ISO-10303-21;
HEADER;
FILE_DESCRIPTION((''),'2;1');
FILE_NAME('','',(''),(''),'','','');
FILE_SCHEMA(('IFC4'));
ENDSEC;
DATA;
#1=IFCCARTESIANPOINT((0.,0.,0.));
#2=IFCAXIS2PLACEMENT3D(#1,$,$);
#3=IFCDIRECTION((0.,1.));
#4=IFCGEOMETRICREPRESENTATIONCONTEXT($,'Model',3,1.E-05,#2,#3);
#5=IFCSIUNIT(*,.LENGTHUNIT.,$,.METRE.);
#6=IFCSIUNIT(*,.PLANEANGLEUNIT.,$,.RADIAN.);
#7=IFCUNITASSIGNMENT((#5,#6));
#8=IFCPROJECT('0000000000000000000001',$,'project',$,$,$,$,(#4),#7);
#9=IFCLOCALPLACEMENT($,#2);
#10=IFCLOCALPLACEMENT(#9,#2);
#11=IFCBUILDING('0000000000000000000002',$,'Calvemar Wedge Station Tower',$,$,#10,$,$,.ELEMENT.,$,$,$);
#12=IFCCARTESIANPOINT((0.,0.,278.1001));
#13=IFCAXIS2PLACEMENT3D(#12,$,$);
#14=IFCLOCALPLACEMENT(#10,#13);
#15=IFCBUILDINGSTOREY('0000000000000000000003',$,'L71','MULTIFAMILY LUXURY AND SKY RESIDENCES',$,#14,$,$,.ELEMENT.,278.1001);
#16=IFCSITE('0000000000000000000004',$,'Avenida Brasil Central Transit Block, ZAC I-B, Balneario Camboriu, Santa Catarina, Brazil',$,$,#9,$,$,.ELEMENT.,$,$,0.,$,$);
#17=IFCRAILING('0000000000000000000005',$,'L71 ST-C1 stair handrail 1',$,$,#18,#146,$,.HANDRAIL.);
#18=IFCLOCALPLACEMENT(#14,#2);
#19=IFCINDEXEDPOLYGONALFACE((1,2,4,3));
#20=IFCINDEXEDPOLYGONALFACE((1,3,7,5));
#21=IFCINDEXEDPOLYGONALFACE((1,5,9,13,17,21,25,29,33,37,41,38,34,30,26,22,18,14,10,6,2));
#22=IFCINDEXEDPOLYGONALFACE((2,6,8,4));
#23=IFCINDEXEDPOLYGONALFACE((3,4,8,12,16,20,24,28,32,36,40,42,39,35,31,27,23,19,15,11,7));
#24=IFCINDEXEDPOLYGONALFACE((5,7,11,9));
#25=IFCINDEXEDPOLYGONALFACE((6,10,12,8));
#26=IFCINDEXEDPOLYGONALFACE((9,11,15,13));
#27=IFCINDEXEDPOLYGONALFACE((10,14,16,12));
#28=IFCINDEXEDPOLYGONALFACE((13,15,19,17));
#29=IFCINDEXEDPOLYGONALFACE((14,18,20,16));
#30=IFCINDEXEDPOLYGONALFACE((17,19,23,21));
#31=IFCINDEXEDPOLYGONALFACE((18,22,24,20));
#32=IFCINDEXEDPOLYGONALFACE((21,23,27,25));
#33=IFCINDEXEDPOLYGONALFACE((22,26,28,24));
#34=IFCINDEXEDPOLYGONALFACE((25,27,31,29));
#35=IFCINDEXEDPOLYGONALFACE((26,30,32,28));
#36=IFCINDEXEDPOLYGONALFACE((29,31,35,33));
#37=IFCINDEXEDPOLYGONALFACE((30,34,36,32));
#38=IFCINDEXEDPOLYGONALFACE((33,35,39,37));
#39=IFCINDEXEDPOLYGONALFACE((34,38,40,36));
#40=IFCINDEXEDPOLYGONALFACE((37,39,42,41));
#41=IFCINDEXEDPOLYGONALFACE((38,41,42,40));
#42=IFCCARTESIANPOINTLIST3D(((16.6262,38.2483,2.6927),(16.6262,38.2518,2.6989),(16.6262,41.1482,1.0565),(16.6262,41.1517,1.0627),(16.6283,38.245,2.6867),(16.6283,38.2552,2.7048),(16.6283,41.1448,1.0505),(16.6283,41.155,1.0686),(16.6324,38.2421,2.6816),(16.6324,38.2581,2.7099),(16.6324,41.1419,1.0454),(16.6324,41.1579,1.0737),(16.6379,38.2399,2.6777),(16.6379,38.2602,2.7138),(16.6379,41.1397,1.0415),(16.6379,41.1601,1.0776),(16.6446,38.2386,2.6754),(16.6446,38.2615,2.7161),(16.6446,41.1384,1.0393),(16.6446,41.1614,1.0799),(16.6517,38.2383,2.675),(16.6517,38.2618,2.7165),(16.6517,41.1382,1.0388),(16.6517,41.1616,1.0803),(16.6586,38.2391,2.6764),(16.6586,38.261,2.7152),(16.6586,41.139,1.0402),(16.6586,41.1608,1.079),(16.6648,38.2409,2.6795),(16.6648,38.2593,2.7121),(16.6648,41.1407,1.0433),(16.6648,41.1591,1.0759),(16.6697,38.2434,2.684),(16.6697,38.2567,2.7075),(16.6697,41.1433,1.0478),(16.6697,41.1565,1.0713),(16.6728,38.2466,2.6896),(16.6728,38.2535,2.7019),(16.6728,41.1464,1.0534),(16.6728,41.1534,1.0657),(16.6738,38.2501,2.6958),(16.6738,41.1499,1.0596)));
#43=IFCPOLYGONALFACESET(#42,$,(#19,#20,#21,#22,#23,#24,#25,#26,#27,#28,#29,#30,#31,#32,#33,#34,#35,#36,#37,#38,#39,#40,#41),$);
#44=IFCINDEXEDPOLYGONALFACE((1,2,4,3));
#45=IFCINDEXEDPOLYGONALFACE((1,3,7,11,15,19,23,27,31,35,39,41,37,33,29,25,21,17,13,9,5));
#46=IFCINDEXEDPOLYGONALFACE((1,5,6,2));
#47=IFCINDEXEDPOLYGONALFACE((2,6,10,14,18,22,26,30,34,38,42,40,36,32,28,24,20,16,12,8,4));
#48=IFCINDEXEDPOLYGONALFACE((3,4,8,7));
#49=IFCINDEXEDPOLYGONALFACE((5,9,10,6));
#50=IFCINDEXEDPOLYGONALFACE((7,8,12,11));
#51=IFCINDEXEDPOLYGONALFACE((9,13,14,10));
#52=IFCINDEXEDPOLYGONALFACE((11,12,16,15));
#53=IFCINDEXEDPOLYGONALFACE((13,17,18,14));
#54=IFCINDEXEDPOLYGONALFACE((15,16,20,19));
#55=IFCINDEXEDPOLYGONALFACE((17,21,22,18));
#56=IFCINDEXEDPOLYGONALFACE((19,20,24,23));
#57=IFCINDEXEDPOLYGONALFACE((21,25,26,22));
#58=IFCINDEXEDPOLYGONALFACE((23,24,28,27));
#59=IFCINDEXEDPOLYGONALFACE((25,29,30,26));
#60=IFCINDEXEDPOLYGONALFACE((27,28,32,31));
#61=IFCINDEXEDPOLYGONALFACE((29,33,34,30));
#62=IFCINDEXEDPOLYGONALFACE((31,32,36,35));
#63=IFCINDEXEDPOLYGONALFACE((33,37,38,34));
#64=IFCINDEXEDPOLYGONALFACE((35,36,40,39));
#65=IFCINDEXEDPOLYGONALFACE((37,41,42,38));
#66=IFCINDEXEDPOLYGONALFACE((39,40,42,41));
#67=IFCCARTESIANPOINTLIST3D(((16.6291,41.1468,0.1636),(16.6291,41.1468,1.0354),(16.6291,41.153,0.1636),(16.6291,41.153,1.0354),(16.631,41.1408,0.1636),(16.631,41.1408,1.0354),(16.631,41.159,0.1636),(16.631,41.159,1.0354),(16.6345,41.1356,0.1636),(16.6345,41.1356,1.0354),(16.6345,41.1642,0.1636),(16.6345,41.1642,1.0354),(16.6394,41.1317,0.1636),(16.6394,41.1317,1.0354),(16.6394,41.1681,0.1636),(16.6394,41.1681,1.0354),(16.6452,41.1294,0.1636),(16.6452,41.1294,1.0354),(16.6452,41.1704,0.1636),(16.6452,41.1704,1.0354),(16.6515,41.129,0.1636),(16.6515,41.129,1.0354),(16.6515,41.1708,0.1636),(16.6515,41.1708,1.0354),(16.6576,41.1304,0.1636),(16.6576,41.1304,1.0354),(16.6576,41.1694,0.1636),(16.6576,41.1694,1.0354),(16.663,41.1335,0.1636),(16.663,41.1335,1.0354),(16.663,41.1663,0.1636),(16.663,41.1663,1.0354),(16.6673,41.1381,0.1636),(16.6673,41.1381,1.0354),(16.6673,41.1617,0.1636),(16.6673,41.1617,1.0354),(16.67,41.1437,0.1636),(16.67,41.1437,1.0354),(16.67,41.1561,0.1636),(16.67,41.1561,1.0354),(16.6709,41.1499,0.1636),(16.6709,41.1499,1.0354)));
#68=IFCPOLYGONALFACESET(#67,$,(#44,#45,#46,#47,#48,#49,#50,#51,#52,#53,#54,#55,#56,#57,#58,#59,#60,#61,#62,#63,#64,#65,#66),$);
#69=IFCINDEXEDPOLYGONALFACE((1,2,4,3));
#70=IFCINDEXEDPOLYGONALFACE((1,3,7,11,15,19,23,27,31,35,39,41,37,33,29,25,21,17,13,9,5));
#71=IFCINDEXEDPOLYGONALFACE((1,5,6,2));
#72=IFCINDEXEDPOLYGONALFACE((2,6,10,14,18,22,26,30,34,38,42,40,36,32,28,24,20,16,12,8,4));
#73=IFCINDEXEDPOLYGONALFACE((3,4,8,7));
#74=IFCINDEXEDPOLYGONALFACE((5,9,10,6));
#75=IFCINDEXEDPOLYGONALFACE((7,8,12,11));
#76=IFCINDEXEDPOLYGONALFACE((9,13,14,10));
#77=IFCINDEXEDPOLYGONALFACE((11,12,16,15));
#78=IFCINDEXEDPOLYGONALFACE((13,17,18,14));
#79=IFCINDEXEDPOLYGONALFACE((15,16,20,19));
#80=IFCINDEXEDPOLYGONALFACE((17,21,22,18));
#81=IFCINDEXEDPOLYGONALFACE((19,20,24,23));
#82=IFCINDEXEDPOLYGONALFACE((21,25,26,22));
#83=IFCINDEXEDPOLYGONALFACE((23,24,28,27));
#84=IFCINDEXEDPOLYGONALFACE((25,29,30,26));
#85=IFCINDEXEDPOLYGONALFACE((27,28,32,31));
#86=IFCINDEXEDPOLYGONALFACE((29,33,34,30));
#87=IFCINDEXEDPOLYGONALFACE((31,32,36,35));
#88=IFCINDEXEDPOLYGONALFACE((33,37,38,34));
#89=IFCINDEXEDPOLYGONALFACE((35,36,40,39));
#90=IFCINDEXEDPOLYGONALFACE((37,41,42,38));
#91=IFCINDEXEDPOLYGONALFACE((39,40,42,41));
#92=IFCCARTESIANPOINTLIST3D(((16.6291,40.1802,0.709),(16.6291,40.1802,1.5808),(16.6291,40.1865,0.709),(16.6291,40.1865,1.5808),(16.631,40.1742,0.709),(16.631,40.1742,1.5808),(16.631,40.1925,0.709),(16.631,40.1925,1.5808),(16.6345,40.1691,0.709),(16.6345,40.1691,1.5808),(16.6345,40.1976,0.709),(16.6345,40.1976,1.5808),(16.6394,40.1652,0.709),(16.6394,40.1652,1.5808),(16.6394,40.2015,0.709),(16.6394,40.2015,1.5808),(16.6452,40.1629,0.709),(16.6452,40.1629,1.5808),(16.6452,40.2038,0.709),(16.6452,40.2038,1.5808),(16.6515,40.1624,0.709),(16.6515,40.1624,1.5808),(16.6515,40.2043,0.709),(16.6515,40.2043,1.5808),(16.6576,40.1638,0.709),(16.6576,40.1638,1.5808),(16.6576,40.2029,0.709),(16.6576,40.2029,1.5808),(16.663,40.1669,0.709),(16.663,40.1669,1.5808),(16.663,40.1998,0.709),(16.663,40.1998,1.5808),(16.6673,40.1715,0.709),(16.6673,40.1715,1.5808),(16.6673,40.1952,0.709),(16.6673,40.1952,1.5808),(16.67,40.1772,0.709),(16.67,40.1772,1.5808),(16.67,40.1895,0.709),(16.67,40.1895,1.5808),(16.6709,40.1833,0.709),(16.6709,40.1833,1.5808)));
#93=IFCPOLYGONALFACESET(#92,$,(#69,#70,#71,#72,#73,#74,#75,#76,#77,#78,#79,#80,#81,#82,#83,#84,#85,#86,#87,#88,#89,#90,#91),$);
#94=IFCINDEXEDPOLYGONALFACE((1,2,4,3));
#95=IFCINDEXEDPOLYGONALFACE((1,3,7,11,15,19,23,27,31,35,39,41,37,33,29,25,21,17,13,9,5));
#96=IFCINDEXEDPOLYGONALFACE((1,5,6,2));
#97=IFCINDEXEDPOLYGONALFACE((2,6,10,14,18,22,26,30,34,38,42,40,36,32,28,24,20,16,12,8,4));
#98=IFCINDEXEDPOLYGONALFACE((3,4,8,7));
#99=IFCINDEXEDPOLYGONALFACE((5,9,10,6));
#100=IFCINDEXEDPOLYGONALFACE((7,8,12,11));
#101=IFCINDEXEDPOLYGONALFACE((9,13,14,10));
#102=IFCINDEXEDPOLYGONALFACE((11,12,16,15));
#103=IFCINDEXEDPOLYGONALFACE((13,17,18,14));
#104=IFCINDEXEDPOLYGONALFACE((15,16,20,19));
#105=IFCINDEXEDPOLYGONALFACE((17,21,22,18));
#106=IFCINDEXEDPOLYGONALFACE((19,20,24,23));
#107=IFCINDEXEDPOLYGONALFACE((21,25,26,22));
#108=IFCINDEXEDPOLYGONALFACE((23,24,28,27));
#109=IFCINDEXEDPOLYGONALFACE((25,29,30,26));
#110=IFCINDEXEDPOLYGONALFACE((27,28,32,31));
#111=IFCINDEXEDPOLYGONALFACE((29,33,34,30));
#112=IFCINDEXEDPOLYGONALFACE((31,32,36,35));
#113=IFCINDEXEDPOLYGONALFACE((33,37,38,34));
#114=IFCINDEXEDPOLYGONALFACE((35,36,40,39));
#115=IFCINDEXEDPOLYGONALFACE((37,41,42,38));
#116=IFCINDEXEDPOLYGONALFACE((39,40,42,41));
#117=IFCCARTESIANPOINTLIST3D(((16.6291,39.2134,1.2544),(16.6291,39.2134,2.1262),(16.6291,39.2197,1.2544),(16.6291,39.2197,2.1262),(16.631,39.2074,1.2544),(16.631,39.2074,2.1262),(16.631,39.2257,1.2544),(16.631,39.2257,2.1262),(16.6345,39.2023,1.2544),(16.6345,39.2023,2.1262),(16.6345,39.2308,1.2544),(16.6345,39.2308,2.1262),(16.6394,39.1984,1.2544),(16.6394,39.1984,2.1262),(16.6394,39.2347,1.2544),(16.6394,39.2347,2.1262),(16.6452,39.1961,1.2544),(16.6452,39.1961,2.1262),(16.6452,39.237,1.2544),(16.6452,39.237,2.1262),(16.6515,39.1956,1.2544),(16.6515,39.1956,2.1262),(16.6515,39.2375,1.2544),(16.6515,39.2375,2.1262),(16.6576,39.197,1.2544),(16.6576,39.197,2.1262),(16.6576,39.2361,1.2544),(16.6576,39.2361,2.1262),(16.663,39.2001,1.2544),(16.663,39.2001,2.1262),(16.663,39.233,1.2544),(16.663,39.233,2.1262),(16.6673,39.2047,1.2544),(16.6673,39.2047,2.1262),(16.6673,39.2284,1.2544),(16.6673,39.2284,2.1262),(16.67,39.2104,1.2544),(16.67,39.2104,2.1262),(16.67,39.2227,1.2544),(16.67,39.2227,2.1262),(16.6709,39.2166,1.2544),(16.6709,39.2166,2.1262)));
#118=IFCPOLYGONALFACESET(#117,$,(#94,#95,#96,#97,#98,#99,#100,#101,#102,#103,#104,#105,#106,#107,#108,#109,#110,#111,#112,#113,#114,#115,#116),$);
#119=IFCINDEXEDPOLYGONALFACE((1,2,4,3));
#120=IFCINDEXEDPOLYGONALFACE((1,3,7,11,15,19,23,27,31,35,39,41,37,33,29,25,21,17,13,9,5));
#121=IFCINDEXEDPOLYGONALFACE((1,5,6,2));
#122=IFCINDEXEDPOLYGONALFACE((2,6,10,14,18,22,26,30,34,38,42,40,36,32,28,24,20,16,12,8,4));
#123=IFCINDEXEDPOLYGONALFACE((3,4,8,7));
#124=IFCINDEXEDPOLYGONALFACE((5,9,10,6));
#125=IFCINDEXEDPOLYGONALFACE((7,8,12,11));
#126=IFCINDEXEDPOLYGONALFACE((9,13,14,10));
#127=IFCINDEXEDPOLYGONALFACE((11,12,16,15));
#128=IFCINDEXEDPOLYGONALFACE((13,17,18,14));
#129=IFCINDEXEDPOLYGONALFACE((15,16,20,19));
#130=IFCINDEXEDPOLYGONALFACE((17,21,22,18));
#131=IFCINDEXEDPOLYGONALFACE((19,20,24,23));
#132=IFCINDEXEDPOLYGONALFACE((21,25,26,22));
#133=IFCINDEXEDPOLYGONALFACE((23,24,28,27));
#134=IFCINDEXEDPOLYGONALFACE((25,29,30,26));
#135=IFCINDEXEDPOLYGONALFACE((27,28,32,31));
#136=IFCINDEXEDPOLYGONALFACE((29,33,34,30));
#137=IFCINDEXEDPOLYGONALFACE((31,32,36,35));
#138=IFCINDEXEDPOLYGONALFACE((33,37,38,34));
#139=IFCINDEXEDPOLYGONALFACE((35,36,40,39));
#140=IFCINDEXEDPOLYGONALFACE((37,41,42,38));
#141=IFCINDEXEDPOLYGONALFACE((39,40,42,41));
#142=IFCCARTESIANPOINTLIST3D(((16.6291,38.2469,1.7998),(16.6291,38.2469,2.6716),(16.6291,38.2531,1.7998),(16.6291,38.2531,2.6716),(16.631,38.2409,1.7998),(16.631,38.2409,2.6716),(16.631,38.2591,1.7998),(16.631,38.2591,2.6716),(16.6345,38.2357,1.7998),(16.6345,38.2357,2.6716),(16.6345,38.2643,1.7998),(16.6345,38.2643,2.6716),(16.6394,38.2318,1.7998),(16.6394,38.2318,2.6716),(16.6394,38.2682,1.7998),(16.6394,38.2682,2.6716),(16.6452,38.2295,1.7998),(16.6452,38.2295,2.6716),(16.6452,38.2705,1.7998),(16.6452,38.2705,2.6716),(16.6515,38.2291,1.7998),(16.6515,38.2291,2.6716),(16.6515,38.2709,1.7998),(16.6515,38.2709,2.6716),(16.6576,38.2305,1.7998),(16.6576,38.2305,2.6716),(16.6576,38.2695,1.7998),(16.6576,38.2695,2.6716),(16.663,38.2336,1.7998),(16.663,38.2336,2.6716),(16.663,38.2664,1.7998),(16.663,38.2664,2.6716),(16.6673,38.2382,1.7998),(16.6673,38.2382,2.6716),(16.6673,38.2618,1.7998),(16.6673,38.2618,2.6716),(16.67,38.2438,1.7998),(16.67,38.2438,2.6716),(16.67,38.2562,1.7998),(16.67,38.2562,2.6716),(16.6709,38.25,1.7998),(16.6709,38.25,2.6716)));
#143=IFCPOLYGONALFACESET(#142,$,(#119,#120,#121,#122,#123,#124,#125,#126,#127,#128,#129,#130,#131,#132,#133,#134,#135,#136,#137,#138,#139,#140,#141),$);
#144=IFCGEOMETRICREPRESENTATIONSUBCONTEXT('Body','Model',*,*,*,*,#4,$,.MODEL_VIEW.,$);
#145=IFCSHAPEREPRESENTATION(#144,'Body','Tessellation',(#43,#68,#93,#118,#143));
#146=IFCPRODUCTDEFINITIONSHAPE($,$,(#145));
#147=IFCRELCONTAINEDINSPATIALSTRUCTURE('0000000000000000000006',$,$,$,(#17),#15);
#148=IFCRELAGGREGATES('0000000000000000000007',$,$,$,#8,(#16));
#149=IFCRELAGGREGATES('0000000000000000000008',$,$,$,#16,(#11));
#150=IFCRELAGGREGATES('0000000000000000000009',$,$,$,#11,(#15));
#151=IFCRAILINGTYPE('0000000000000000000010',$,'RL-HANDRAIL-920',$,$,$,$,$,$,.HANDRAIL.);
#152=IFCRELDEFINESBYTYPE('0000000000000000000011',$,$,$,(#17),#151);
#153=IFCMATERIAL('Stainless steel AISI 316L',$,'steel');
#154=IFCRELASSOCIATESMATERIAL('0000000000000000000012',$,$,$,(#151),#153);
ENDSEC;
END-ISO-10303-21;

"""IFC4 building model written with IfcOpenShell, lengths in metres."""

from ifc_helpers import new_model, si_unit, direction, frame, origin, origin_2d, place, context, subcontext, project, spatial, circle, extrude, material, type_object, element, save


model = new_model("IFC4")

# Units and contexts
model_context = context("Model", 3, precision=1e-05, world=origin(), true_north=direction((0.0, 1.0)))
body_context = subcontext(model_context, "Body", "Model", "MODEL_VIEW")
ifc_project = project(units=[si_unit("LENGTHUNIT", "METRE"), si_unit("PLANEANGLEUNIT", "RADIAN")], contexts=[model_context])

# Site, building, storey
site_placement = place(None, origin())
site = spatial("IfcSite", under=ifc_project, at=site_placement, Name="Avenida Brasil Central Transit Block, ZAC I-B, Balneario Camboriu, Santa Catarina, Brazil", CompositionType="ELEMENT", RefElevation=0.0)
building_placement = place(site_placement, origin())
building = spatial("IfcBuilding", under=site, at=building_placement, Name="Calvemar Wedge Station Tower", CompositionType="ELEMENT")
storey_placement = place(building_placement, frame((0.0, 0.0, 278.1001)))
storey = spatial("IfcBuildingStorey", under=building, at=storey_placement, Name="L71", Description="MULTIFAMILY LUXURY AND SKY RESIDENCES", CompositionType="ELEMENT", Elevation=278.1001)

# Railing
ifc_material_1 = material(Name="Stainless steel AISI 316L", Category="steel")
railing_type_1 = type_object("IfcRailingType", Name="RL-HANDRAIL-920", PredefinedType="HANDRAIL", material=ifc_material_1)
railing_1_placement = place(storey_placement, frame((16.6499, 41.1499, 0.1636)))
element("IfcRailing", 1, at=railing_1_placement, inside=storey, type_object=railing_type_1, Name="L71 ST-C1 stair handrail 1", PredefinedType="HANDRAIL", context=body_context, shape_type="SweptSolid", body=[
    extrude(circle(Radius=0.0239, at=origin_2d()), frame((0.0, 0.0, 0.896), z_axis=(0.0, -0.870929, 0.49141), x_axis=(1.0, 0.0, 0.0)), (0.0, 0.0, 1.0), 3.3296),
    extrude(circle(Radius=0.021, at=origin_2d()), origin(), (0.0, 0.0, 1.0), 0.8718),
    extrude(circle(Radius=0.021, at=origin_2d()), frame((0.0, -0.9666, 0.5454)), (0.0, 0.0, 1.0), 0.8718),
    extrude(circle(Radius=0.021, at=origin_2d()), frame((0.0, -1.9333, 1.0908)), (0.0, 0.0, 1.0), 0.8718),
    extrude(circle(Radius=0.021, at=origin_2d()), frame((0.0, -2.8999, 1.6362)), (0.0, 0.0, 1.0), 0.8718),
])

save(model, "model.ifc")
